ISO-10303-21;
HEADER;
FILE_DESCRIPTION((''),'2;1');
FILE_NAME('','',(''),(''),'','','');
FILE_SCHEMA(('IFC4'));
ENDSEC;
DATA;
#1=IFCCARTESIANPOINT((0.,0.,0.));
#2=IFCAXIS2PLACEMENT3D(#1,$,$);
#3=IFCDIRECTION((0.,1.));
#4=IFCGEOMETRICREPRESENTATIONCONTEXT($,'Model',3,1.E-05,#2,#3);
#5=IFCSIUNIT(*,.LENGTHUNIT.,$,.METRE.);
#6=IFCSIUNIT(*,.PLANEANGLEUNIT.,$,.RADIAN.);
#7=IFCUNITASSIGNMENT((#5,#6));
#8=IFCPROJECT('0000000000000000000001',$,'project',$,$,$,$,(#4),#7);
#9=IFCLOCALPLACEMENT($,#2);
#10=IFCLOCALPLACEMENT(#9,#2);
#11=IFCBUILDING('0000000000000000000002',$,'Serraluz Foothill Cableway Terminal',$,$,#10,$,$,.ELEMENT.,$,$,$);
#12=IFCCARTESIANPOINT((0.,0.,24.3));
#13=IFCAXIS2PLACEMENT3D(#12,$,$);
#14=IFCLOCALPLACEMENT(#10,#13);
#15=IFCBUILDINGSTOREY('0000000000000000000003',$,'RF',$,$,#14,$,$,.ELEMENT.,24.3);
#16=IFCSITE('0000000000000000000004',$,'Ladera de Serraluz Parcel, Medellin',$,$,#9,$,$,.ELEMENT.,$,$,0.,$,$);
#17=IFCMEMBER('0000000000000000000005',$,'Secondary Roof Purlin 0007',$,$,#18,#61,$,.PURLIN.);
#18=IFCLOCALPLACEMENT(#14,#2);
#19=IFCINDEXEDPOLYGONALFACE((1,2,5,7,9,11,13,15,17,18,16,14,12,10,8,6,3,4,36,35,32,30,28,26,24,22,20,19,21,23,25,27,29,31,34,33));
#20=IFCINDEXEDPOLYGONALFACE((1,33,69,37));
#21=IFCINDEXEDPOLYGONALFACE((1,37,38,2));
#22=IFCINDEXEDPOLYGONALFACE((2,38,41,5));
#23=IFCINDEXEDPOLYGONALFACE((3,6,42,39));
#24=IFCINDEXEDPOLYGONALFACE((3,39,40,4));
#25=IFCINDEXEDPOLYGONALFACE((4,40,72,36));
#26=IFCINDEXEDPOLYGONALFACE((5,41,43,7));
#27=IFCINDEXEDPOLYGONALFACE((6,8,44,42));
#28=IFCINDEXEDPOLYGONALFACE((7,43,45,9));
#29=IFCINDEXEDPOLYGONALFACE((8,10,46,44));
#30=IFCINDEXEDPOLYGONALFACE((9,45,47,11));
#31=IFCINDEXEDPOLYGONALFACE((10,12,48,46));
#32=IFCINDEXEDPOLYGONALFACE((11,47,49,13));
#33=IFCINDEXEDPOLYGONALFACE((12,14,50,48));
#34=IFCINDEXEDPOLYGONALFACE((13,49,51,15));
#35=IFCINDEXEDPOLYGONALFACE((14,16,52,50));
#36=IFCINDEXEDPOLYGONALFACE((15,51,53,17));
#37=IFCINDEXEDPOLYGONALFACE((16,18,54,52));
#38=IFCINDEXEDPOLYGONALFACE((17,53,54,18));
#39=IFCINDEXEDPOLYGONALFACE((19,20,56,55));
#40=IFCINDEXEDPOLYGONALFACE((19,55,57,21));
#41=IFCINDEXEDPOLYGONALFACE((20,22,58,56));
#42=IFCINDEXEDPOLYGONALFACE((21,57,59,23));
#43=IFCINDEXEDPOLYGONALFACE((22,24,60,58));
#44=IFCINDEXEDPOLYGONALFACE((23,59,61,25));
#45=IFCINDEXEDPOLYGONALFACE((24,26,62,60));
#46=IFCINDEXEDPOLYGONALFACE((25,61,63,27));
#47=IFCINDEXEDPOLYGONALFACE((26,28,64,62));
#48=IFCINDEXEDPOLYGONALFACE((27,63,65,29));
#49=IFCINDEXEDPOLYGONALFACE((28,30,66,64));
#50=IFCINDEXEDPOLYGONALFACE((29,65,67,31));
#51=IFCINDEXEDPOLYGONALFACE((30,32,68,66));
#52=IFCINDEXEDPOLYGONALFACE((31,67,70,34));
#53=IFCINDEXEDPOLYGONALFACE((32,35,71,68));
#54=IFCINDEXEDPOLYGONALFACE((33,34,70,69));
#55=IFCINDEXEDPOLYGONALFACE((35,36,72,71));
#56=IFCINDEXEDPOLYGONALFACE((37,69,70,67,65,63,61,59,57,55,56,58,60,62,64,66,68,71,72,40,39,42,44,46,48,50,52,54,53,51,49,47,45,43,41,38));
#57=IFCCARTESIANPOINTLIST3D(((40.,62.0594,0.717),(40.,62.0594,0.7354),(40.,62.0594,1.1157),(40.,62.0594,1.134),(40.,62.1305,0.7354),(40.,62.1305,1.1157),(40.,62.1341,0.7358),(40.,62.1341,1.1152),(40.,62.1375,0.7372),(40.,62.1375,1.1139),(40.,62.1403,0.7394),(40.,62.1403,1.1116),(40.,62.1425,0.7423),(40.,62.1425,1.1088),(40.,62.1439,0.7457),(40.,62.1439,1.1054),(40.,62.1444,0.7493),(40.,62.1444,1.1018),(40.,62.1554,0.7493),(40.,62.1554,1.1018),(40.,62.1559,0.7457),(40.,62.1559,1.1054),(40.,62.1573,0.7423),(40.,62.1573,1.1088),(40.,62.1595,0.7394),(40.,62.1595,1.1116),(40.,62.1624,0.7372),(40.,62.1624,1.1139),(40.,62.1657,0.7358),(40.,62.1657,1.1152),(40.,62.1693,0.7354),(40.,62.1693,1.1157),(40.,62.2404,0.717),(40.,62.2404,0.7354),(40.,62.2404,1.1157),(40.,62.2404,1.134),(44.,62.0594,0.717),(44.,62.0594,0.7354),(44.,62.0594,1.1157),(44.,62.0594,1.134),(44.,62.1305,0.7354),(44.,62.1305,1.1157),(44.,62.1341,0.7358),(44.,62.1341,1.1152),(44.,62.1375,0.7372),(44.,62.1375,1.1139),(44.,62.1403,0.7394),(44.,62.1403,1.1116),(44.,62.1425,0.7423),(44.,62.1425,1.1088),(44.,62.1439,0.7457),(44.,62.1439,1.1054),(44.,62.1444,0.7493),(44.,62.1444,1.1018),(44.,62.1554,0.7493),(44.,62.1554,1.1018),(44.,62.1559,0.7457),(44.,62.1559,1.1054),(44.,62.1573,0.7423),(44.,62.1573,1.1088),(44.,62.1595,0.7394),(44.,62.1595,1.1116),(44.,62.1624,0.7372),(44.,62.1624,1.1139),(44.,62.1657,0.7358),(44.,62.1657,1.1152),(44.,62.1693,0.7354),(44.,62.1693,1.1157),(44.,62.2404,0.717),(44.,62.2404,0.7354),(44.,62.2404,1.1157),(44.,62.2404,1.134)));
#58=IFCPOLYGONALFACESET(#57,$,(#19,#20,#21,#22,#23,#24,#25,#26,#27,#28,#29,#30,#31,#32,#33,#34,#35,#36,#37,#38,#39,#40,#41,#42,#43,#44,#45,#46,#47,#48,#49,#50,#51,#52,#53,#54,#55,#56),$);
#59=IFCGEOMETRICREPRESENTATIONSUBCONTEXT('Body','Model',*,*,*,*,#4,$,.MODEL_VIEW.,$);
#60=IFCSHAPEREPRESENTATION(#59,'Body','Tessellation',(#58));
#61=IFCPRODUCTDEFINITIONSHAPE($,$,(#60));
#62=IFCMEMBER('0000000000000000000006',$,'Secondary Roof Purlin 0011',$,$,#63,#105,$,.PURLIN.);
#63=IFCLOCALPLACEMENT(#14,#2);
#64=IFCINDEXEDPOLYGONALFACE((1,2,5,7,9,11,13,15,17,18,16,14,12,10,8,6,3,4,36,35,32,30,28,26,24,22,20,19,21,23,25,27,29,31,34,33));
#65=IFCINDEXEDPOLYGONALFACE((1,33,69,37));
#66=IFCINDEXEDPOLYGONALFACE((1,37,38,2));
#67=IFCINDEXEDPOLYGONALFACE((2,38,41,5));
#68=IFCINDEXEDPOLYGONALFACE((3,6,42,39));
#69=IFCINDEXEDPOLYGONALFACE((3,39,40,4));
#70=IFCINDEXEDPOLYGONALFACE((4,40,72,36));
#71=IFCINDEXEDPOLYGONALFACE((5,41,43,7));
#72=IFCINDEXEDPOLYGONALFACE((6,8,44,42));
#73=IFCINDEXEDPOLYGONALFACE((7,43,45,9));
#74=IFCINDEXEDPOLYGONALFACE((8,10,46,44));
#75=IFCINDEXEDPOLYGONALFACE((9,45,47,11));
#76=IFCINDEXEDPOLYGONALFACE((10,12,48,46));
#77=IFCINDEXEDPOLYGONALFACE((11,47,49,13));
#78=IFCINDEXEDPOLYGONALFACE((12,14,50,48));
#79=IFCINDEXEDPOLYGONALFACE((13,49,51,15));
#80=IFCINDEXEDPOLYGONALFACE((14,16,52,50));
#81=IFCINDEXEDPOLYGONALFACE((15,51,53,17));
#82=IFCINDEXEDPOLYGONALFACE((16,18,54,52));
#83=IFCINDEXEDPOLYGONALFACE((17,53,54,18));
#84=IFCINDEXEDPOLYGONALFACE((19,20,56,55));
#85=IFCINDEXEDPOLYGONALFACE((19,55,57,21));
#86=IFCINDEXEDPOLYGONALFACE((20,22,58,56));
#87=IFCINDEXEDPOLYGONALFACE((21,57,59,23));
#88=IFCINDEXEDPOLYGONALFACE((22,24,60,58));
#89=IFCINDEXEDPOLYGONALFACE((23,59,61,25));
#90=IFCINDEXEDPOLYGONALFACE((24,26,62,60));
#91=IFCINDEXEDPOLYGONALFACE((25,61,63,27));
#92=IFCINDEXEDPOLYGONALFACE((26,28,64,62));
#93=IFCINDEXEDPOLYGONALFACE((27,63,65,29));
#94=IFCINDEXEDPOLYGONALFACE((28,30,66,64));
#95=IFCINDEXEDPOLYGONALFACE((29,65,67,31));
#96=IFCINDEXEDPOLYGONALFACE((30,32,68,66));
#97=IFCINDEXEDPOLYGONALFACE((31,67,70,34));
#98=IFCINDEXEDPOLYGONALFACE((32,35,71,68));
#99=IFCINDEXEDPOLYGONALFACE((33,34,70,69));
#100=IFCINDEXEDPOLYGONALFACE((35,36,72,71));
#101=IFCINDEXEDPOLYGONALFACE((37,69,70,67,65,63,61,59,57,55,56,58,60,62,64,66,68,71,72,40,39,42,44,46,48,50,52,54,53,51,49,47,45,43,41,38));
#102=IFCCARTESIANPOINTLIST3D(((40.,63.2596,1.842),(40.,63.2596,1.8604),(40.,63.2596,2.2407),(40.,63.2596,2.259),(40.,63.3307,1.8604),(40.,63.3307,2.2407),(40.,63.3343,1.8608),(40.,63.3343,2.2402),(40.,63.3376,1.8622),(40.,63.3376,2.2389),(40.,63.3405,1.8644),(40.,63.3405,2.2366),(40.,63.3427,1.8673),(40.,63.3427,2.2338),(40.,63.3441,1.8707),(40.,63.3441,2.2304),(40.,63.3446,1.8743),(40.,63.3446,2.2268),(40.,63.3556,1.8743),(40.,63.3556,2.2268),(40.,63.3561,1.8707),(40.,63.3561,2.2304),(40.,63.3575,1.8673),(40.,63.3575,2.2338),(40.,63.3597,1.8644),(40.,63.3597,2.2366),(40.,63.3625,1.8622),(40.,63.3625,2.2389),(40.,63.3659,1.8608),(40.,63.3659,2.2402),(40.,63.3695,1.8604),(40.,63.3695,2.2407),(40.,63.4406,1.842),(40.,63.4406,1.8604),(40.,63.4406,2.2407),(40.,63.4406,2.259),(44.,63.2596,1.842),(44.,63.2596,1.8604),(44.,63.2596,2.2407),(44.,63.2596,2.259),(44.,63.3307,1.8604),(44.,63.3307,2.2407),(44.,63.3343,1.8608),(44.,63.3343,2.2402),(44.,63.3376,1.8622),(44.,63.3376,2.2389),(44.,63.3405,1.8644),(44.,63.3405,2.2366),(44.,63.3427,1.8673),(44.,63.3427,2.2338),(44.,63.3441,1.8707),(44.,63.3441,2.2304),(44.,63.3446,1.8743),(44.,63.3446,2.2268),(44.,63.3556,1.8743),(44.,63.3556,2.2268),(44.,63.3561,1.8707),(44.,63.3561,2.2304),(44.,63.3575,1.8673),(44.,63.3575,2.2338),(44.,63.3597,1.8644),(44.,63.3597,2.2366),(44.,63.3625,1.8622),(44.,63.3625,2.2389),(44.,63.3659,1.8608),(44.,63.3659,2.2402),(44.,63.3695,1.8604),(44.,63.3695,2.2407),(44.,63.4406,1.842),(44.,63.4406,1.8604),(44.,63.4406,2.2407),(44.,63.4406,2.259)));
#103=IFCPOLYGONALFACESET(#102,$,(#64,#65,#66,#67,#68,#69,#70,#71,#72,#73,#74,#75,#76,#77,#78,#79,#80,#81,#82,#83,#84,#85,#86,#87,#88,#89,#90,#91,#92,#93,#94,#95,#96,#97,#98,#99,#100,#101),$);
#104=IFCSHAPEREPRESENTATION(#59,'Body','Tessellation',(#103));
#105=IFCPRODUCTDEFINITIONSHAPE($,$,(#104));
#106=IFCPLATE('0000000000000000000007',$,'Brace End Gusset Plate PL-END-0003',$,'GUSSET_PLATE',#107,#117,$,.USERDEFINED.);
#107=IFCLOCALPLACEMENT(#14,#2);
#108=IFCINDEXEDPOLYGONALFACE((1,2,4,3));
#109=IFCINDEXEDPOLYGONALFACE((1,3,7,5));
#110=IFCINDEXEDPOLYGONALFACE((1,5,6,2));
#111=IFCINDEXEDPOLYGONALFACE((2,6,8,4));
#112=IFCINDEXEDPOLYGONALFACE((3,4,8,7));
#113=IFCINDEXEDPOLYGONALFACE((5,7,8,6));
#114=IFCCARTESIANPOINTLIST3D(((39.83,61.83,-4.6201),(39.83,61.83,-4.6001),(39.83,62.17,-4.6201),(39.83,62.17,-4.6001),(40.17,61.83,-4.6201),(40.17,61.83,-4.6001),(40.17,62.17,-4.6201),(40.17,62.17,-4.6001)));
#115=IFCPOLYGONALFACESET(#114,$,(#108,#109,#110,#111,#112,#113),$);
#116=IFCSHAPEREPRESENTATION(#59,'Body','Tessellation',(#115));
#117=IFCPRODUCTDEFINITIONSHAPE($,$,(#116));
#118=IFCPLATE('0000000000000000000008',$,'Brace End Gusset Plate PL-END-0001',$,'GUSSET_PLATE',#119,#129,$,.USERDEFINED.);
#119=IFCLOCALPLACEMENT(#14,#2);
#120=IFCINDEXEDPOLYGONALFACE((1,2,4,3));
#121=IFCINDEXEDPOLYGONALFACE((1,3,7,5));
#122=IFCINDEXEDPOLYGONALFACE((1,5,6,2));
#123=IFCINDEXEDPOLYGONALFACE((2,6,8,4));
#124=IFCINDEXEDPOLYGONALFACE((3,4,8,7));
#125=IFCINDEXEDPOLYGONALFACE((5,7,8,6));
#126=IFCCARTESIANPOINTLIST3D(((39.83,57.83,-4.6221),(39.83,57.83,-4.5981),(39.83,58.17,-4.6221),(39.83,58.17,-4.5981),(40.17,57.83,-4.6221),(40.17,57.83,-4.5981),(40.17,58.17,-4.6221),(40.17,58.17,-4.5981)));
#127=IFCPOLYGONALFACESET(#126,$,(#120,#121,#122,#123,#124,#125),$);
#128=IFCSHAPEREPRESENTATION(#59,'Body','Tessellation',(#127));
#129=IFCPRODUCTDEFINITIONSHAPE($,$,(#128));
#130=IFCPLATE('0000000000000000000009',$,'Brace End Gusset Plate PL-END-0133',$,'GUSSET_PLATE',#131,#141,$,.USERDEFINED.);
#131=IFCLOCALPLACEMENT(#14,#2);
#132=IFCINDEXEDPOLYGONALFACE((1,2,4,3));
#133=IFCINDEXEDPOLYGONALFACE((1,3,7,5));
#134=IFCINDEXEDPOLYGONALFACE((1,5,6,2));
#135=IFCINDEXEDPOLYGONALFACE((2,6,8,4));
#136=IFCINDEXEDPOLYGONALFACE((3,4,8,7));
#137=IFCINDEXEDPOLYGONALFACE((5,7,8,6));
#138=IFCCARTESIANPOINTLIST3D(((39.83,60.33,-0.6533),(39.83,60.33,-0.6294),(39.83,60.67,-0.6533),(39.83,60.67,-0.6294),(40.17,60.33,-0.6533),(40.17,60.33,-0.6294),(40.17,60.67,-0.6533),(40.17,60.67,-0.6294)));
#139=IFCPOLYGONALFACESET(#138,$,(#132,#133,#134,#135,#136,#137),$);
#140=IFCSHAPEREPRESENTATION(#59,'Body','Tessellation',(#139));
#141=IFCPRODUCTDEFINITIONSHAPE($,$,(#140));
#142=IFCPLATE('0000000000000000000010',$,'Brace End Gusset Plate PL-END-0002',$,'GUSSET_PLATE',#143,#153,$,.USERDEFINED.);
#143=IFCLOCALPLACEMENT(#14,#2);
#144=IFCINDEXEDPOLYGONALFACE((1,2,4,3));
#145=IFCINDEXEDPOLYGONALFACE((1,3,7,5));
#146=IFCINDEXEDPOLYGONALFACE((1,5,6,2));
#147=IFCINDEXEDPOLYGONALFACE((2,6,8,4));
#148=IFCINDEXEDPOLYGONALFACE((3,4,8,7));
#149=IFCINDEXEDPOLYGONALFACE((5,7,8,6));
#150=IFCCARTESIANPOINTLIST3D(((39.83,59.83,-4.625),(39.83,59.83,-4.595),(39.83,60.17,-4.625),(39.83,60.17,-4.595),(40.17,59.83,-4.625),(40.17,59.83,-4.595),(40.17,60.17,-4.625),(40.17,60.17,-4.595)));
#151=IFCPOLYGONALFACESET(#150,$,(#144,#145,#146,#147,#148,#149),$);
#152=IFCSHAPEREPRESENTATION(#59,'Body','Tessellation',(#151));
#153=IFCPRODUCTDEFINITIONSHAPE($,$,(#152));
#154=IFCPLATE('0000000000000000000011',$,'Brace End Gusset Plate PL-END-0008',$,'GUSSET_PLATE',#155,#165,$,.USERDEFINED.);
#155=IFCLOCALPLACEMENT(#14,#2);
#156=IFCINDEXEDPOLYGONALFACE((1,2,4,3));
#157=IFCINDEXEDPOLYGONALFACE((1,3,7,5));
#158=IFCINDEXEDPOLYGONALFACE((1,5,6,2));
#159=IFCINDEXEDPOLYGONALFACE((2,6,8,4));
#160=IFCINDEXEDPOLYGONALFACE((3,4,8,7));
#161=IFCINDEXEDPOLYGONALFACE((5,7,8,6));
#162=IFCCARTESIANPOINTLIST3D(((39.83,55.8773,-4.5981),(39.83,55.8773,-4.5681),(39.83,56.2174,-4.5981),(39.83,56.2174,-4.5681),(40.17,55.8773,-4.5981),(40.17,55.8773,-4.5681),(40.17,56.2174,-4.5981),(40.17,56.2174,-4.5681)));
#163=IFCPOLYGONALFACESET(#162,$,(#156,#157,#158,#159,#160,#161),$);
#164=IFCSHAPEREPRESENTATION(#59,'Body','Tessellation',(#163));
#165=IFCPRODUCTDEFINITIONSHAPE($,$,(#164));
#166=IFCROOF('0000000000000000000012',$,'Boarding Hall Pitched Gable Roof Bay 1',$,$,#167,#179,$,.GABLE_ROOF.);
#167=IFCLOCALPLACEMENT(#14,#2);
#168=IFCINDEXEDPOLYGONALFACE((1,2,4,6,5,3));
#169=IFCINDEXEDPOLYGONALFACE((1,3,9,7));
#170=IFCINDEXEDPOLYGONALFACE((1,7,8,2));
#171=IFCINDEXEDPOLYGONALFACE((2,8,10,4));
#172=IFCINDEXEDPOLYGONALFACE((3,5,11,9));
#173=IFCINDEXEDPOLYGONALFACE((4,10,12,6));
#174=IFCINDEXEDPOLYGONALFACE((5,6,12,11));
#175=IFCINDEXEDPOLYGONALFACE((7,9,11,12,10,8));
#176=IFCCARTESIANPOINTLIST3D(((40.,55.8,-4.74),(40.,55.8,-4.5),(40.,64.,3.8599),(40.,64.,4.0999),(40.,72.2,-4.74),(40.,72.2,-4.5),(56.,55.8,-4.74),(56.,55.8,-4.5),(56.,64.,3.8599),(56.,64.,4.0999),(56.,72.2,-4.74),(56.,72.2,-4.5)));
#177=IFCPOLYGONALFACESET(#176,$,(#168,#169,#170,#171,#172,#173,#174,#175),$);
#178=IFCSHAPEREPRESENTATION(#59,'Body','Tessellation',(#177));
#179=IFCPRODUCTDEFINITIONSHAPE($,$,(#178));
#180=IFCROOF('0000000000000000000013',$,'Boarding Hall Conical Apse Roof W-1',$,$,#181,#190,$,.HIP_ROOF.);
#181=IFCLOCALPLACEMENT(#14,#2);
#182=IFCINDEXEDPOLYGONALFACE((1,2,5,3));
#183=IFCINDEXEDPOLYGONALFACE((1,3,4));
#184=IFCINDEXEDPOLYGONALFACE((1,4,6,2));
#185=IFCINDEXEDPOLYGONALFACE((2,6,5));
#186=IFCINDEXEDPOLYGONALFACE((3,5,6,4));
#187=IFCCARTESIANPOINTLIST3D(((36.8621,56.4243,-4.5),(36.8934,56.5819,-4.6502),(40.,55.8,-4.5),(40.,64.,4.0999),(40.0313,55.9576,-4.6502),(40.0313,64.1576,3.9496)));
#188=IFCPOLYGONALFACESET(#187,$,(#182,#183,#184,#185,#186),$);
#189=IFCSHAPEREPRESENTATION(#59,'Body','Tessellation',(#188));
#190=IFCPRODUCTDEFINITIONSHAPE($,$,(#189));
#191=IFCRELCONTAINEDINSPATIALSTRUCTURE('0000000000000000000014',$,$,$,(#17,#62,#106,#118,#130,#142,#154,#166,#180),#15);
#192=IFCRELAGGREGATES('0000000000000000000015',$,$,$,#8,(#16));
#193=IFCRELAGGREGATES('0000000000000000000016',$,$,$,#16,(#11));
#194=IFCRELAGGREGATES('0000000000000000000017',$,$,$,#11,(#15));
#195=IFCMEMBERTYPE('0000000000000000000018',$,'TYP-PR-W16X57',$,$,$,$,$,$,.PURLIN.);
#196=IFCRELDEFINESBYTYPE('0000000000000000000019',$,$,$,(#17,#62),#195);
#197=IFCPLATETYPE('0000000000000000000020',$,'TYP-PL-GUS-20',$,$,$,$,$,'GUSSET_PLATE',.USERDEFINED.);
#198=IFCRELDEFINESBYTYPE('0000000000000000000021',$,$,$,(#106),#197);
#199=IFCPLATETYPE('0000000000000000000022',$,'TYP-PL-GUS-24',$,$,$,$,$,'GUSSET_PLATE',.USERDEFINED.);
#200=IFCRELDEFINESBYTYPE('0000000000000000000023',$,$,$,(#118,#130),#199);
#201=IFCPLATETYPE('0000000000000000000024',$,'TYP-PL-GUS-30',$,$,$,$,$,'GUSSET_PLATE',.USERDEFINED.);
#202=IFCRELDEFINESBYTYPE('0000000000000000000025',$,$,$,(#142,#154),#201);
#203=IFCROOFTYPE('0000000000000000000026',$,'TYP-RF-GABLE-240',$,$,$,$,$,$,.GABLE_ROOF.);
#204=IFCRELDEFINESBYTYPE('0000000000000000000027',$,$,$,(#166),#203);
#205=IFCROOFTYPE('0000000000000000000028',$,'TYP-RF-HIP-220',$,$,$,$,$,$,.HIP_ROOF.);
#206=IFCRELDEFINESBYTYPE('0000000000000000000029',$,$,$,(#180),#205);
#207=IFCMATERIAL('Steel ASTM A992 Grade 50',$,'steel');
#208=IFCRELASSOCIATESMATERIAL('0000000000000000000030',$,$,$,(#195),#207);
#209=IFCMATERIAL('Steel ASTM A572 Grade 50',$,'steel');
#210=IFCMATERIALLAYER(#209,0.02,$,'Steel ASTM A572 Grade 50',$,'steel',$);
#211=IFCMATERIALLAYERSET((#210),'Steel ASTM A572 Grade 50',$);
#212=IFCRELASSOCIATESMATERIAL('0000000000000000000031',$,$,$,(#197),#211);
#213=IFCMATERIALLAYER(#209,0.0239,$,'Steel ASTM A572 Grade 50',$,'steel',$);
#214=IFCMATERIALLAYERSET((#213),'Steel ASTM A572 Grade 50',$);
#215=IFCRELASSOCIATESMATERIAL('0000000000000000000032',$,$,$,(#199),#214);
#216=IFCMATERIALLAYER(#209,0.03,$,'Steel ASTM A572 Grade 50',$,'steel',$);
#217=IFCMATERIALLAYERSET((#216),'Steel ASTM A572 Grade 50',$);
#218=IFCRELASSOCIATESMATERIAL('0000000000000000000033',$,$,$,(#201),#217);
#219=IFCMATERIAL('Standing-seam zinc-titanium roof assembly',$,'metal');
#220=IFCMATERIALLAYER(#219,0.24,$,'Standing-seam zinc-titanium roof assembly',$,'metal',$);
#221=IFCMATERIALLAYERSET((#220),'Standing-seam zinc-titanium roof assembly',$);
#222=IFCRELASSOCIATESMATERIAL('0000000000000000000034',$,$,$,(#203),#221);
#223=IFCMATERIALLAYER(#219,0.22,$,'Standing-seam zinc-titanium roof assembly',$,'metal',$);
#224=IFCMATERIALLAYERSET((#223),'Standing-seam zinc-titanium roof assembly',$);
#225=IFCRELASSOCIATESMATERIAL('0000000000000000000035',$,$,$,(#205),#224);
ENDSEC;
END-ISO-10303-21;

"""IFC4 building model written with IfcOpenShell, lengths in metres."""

from ifc_helpers import new_model, si_unit, direction, frame, origin, origin_2d, place, context, subcontext, project, spatial, polyline, rectangle, i_section, outline, extrude, material, layer, layer_set, material_profile, profile_set, type_object, element, save


model = new_model("IFC4")

# Units and contexts
model_context = context("Model", 3, precision=1e-05, world=origin(), true_north=direction((0.0, 1.0)))
body_context = subcontext(model_context, "Body", "Model", "MODEL_VIEW")
ifc_project = project(units=[si_unit("LENGTHUNIT", "METRE"), si_unit("PLANEANGLEUNIT", "RADIAN")], contexts=[model_context])

# Site, building, storey
site_placement = place(None, origin())
site = spatial("IfcSite", under=ifc_project, at=site_placement, Name="Ladera de Serraluz Parcel, Medellin", CompositionType="ELEMENT", RefElevation=0.0)
building_placement = place(site_placement, origin())
building = spatial("IfcBuilding", under=site, at=building_placement, Name="Serraluz Foothill Cableway Terminal", CompositionType="ELEMENT")
storey_placement = place(building_placement, frame((0.0, 0.0, 24.3)))
storey = spatial("IfcBuildingStorey", under=building, at=storey_placement, Name="RF", CompositionType="ELEMENT", Elevation=24.3)

# Members
ifc_material_1 = material(Name="Steel ASTM A572 Grade 50", Category="steel")
ifc_material_2 = material(Name="Steel ASTM A992 Grade 50", Category="steel")
ifc_material_profile_1 = material_profile(ifc_material_2, i_section(OverallWidth=0.1809, OverallDepth=0.417, WebThickness=0.011, FlangeThickness=0.0183, FilletRadius=0.0139, at=origin_2d()), Name="W16X57")
ifc_profile_set_1 = profile_set([ifc_material_profile_1], Name="Steel ASTM A992 Grade 50")
member_type_1 = type_object("IfcMemberType", Name="TYP-PR-W16X57", PredefinedType="PURLIN", material=ifc_profile_set_1)
for number, where, z_axis, x_axis, name in (
    (1, (40.0, 62.1499, 0.9255), (1.0, 0.0, 0.0), (0.0, 1.0, 0.0), "Secondary Roof Purlin 0007"),
    (2, (40.0, 63.3501, 2.0505), (1.0, 0.0, 0.0), (0.0, 1.0, 0.0), "Secondary Roof Purlin 0011"),
):
    element("IfcMember", number, at=place(storey_placement, frame(where, z_axis=z_axis, x_axis=x_axis)), inside=storey, type_object=member_type_1, Name=name, PredefinedType="PURLIN", context=body_context, shape_type="SweptSolid", body=[
        extrude(i_section(OverallWidth=0.1809, OverallDepth=0.417, WebThickness=0.011, FlangeThickness=0.0183, FilletRadius=0.0139, at=origin_2d()), origin(), (0.0, 0.0, 1.0), 4.0),
    ])

# Plates
ifc_layer_1 = layer(ifc_material_1, 0.02, Name="Steel ASTM A572 Grade 50", Category="steel")
ifc_layer_set_1 = layer_set([ifc_layer_1], Name="Steel ASTM A572 Grade 50")
plate_type_1 = type_object("IfcPlateType", Name="TYP-PL-GUS-20", ElementType="GUSSET_PLATE", PredefinedType="USERDEFINED", material=ifc_layer_set_1)
plate_placement = place(storey_placement, frame((40.0, 62.0, -4.6201), z_axis=(0.0, 0.0, 1.0), x_axis=(1.0, 0.0, 0.0)))
element("IfcPlate", 3, at=plate_placement, inside=storey, type_object=plate_type_1, Name="Brace End Gusset Plate PL-END-0003", ObjectType="GUSSET_PLATE", PredefinedType="USERDEFINED", context=body_context, shape_type="SweptSolid", body=[
    extrude(rectangle(XDim=0.3401, YDim=0.3401, at=origin_2d()), origin(), (0.0, 0.0, 1.0), 0.02),
])
ifc_layer_2 = layer(ifc_material_1, 0.0239, Name="Steel ASTM A572 Grade 50", Category="steel")
ifc_layer_set_2 = layer_set([ifc_layer_2], Name="Steel ASTM A572 Grade 50")
plate_type_2 = type_object("IfcPlateType", Name="TYP-PL-GUS-24", ElementType="GUSSET_PLATE", PredefinedType="USERDEFINED", material=ifc_layer_set_2)
for number, where, z_axis, x_axis, name in (
    (4, (40.0, 58.0, -4.6221), (0.0, 0.0, 1.0), (1.0, 0.0, 0.0), "Brace End Gusset Plate PL-END-0001"),
    (5, (40.0, 60.5, -0.6533), (0.0, 0.0, 1.0), (1.0, 0.0, 0.0), "Brace End Gusset Plate PL-END-0133"),
):
    element("IfcPlate", number, at=place(storey_placement, frame(where, z_axis=z_axis, x_axis=x_axis)), inside=storey, type_object=plate_type_2, Name=name, ObjectType="GUSSET_PLATE", PredefinedType="USERDEFINED", context=body_context, shape_type="SweptSolid", body=[
        extrude(rectangle(XDim=0.3401, YDim=0.3401, at=origin_2d()), origin(), (0.0, 0.0, 1.0), 0.0239),
    ])
ifc_layer_3 = layer(ifc_material_1, 0.03, Name="Steel ASTM A572 Grade 50", Category="steel")
ifc_layer_set_3 = layer_set([ifc_layer_3], Name="Steel ASTM A572 Grade 50")
plate_type_3 = type_object("IfcPlateType", Name="TYP-PL-GUS-30", ElementType="GUSSET_PLATE", PredefinedType="USERDEFINED", material=ifc_layer_set_3)
for number, where, z_axis, x_axis, name in (
    (6, (40.0, 60.0, -4.625), (0.0, 0.0, 1.0), (1.0, 0.0, 0.0), "Brace End Gusset Plate PL-END-0002"),
    (7, (40.0, 56.0474, -4.5981), (0.0, 0.0, 1.0), (1.0, 0.0, 0.0), "Brace End Gusset Plate PL-END-0008"),
):
    element("IfcPlate", number, at=place(storey_placement, frame(where, z_axis=z_axis, x_axis=x_axis)), inside=storey, type_object=plate_type_3, Name=name, ObjectType="GUSSET_PLATE", PredefinedType="USERDEFINED", context=body_context, shape_type="SweptSolid", body=[
        extrude(rectangle(XDim=0.3401, YDim=0.3401, at=origin_2d()), origin(), (0.0, 0.0, 1.0), 0.03),
    ])

# Roofs
ifc_material_3 = material(Name="Standing-seam zinc-titanium roof assembly", Category="metal")
ifc_layer_4 = layer(ifc_material_3, 0.24, Name="Standing-seam zinc-titanium roof assembly", Category="metal")
ifc_layer_set_4 = layer_set([ifc_layer_4], Name="Standing-seam zinc-titanium roof assembly")
roof_type_1 = type_object("IfcRoofType", Name="TYP-RF-GABLE-240", PredefinedType="GABLE_ROOF", material=ifc_layer_set_4)
roof_1_placement = place(storey_placement, frame((40.0, 55.8, -4.5)))
element("IfcRoof", 8, at=roof_1_placement, inside=storey, type_object=roof_type_1, Name="Boarding Hall Pitched Gable Roof Bay 1", PredefinedType="GABLE_ROOF", context=body_context, shape_type="SweptSolid", body=[
    extrude(outline(polyline([(0.0, 0.0), (8.2, 8.5999), (16.3999, 0.0), (16.3999, -0.24), (8.2, 8.3599), (0.0, -0.24), (0.0, 0.0)])), frame((0.0, 0.0, 0.0), z_axis=(1.0, 0.0, 0.0), x_axis=(0.0, 1.0, 0.0)), (0.0, 0.0, 1.0), 16.0),
])
ifc_layer_5 = layer(ifc_material_3, 0.22, Name="Standing-seam zinc-titanium roof assembly", Category="metal")
ifc_layer_set_5 = layer_set([ifc_layer_5], Name="Standing-seam zinc-titanium roof assembly")
roof_type_2 = type_object("IfcRoofType", Name="TYP-RF-HIP-220", PredefinedType="HIP_ROOF", material=ifc_layer_set_5)
roof_2_placement = place(storey_placement, frame((40.0, 55.8, -4.5), z_axis=(-0.142511, -0.716347, 0.683036), x_axis=(-0.98078, 0.195118, 0.0)))
element("IfcRoof", 9, at=roof_2_placement, inside=storey, type_object=roof_type_2, Name="Boarding Hall Conical Apse Roof W-1", PredefinedType="HIP_ROOF", context=body_context, shape_type="SweptSolid", body=[
    extrude(outline(polyline([(0.0, 0.0), (3.1994, 0.0), (1.6, -11.7744), (0.0, 0.0)])), origin(), (0.0, 0.0, -1.0), 0.22),
])

save(model, "model.ifc")
